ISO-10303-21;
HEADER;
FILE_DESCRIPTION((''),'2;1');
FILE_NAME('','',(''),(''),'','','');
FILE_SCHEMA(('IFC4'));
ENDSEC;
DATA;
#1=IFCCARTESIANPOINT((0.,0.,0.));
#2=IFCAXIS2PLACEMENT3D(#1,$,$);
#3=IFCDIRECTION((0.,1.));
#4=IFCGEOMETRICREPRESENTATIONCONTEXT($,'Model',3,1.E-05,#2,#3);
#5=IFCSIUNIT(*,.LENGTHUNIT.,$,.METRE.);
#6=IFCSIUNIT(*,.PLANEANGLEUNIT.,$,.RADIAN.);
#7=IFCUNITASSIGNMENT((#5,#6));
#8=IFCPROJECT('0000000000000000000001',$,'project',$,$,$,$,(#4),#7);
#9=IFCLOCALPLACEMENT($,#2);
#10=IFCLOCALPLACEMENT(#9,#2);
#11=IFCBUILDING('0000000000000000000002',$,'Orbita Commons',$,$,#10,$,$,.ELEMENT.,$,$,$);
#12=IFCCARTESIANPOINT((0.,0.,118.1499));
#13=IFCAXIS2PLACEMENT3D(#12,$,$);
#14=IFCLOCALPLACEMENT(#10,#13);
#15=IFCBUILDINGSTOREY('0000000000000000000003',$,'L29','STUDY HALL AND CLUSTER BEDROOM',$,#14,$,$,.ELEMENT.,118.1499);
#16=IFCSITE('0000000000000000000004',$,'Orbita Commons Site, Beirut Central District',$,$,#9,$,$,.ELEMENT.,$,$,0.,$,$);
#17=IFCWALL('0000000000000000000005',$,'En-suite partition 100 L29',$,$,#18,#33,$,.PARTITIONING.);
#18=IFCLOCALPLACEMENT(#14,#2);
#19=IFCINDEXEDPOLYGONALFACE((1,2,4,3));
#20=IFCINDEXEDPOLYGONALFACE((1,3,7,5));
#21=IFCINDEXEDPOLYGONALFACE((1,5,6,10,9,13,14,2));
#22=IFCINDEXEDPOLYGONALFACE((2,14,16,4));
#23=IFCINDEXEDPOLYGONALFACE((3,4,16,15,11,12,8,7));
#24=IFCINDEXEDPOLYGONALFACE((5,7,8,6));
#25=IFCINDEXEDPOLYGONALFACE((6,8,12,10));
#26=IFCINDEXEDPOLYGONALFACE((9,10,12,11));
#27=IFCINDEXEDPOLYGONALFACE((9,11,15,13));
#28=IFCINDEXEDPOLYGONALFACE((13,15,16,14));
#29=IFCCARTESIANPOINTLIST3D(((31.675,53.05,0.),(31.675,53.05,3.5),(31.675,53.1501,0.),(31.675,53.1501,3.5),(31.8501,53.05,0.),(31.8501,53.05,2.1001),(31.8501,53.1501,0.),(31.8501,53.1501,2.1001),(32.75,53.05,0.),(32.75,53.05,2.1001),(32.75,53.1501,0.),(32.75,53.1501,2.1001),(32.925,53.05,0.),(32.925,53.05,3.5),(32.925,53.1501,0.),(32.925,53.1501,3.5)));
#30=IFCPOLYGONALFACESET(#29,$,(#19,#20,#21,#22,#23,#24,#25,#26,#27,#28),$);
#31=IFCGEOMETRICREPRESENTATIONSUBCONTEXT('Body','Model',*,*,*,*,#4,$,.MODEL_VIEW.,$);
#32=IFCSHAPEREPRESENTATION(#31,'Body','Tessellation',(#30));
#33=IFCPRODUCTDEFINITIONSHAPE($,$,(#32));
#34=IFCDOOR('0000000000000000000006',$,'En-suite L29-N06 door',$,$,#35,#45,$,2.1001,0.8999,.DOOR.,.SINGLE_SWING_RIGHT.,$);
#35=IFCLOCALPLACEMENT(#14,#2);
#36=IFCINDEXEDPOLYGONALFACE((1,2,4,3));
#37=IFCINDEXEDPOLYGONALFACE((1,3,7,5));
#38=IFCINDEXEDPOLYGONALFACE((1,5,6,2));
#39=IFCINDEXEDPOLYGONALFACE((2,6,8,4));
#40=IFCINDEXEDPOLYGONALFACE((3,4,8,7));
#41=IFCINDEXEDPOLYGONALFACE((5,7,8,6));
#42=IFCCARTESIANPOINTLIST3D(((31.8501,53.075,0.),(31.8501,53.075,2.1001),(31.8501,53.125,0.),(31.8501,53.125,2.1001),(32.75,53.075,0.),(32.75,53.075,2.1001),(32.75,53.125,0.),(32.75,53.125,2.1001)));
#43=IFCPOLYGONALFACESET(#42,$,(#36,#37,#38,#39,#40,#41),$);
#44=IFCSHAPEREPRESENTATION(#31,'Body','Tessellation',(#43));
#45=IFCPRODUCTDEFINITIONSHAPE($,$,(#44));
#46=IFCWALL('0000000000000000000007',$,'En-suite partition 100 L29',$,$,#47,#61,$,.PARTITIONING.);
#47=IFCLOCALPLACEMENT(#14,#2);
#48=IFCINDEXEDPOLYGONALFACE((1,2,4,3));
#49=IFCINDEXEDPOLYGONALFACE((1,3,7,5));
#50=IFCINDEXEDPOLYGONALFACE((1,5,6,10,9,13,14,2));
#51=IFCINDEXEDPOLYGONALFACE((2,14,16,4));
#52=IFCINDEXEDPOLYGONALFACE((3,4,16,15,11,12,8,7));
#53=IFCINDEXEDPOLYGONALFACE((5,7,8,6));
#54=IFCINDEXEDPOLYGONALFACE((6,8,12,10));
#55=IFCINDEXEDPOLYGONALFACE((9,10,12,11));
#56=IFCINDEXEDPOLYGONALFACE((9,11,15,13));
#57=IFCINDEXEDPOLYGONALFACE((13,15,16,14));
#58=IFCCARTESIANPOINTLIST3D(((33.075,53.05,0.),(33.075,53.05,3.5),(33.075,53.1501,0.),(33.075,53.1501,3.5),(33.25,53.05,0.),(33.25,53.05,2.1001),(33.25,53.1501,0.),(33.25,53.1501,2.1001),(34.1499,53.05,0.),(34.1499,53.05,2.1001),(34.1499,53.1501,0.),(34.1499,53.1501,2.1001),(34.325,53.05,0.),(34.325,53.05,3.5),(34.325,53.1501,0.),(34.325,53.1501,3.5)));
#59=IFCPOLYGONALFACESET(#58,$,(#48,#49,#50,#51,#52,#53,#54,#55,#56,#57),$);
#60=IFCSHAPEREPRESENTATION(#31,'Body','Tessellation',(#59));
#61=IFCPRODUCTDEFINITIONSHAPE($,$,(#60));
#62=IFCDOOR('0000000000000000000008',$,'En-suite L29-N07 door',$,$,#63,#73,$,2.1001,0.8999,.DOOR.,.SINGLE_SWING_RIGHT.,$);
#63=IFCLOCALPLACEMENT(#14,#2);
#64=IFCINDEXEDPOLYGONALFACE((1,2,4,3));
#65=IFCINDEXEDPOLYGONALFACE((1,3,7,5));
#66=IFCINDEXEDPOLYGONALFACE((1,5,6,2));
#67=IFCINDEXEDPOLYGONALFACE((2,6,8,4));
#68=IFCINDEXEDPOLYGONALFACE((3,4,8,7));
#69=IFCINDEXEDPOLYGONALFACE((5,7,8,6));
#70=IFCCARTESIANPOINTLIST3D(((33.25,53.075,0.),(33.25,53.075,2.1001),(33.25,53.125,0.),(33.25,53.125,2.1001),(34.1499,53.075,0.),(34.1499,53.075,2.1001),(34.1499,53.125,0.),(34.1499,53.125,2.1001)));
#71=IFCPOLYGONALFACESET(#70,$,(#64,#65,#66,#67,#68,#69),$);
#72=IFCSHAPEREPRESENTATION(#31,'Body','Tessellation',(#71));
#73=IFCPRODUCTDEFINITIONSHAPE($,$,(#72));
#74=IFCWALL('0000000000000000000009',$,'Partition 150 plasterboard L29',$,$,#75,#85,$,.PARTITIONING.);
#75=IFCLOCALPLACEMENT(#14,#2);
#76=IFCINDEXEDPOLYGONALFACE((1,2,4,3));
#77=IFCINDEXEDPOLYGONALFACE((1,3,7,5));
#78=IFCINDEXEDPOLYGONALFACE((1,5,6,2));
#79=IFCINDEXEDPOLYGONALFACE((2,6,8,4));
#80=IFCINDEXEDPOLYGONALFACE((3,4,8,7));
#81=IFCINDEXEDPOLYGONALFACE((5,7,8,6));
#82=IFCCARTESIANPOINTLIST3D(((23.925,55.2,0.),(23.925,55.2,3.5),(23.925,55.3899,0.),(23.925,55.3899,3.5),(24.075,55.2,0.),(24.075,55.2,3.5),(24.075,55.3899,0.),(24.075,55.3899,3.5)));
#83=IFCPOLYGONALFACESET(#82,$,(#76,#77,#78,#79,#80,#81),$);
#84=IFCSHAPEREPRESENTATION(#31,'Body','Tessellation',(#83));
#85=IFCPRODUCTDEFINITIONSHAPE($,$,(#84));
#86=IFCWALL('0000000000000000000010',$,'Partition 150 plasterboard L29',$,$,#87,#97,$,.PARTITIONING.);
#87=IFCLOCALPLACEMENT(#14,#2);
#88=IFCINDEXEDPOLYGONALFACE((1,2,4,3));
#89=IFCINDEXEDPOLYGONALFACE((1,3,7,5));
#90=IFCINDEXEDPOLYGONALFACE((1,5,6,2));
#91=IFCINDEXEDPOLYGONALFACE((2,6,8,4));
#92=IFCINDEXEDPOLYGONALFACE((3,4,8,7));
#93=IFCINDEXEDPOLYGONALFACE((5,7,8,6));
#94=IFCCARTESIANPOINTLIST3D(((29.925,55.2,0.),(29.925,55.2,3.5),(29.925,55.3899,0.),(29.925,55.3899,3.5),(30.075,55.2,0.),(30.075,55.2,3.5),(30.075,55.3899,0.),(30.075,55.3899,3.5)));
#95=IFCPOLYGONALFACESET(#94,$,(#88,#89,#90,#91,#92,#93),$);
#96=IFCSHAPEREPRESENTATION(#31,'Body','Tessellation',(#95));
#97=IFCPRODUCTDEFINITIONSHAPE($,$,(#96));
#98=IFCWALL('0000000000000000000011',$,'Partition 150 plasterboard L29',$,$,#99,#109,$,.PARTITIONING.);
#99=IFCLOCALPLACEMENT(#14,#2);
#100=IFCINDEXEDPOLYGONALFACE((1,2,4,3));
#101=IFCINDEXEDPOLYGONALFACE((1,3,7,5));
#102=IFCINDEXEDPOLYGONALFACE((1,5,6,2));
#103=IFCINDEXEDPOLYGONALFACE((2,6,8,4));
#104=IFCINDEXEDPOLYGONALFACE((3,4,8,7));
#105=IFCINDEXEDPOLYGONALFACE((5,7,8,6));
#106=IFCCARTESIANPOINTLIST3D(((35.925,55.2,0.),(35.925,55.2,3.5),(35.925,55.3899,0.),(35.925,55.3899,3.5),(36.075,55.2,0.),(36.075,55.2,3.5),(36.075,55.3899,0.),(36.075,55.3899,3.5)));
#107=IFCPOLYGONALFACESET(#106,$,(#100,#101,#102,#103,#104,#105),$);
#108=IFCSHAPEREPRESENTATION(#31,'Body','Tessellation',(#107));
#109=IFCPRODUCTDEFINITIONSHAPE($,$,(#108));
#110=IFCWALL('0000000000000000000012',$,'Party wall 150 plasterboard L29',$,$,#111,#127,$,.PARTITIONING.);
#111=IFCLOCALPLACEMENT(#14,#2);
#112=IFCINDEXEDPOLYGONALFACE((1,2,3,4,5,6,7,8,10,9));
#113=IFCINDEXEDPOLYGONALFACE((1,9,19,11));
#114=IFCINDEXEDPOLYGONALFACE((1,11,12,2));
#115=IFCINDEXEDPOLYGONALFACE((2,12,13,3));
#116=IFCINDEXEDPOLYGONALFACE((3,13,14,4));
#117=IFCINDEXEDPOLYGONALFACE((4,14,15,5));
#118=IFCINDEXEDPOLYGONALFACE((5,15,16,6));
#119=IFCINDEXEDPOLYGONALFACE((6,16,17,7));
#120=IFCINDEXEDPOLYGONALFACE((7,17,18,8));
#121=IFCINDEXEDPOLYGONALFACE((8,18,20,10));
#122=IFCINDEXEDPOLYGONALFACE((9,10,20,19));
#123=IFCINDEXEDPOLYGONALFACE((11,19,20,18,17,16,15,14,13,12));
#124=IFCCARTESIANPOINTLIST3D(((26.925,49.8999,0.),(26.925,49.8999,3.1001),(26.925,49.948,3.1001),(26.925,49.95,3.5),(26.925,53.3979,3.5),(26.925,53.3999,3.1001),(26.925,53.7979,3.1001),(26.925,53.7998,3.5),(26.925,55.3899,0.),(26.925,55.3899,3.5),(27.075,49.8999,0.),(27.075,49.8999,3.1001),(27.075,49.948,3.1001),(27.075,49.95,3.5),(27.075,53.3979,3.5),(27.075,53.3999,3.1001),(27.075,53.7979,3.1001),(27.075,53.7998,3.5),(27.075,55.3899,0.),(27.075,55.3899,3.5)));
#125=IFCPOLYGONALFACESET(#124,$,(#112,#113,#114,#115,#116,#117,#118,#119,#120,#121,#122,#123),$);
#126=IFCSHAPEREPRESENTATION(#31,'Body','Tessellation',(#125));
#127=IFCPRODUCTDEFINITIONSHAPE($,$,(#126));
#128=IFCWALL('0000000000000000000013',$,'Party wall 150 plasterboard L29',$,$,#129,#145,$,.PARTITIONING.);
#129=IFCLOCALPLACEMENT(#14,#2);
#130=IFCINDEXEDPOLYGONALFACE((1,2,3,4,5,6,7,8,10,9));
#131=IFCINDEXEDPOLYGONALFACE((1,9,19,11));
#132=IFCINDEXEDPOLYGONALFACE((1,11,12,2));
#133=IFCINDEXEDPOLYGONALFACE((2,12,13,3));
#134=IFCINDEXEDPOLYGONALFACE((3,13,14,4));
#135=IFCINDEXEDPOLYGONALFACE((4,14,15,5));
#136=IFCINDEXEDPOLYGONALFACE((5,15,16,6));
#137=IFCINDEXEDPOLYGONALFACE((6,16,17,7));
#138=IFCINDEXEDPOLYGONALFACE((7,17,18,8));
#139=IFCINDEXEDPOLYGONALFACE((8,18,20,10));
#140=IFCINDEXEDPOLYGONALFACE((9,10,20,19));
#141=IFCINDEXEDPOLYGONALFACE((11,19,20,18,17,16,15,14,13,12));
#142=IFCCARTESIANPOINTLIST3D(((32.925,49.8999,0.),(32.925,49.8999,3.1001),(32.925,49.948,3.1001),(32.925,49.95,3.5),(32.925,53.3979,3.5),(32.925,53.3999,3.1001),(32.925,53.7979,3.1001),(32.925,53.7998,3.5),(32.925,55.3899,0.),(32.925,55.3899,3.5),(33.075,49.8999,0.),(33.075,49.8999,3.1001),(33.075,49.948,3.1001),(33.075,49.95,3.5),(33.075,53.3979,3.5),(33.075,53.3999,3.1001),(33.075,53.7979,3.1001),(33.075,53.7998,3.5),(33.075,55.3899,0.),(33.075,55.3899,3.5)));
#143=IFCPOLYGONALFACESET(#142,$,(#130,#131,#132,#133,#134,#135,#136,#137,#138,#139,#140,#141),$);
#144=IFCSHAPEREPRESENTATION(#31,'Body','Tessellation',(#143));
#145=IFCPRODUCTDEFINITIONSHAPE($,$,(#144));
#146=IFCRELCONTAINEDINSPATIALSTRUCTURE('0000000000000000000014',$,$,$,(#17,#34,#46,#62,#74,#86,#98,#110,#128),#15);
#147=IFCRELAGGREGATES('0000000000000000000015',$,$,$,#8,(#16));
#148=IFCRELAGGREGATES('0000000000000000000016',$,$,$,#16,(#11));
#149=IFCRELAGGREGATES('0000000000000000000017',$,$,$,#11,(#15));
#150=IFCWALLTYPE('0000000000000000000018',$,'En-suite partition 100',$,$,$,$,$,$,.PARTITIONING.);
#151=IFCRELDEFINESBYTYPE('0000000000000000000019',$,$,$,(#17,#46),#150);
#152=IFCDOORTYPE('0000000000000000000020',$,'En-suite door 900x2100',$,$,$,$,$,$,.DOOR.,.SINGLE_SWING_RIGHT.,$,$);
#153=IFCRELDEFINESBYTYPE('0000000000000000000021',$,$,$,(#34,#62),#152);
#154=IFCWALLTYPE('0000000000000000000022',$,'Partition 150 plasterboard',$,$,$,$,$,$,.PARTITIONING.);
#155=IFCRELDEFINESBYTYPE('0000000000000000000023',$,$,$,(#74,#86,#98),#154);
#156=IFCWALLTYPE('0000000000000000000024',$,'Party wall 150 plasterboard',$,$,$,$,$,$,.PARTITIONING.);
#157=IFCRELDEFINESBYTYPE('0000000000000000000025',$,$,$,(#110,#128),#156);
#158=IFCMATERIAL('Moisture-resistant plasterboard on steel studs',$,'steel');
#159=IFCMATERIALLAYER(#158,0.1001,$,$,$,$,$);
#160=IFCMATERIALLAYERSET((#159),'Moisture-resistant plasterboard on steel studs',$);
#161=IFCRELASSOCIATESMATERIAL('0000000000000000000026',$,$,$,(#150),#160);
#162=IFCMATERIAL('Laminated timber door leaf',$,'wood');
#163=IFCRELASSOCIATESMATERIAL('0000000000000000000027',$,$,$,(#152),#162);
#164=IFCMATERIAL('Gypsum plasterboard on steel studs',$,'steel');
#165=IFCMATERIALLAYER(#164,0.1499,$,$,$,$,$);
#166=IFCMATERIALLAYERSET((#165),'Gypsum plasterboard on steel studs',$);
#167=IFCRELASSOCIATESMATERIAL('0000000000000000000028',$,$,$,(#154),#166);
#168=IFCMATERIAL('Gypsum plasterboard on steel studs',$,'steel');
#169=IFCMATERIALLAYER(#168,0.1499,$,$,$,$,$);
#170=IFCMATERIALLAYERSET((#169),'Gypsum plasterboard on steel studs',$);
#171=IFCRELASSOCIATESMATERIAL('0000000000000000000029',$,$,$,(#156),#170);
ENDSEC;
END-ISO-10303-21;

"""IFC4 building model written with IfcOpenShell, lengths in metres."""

from ifc_helpers import new_model, si_unit, direction, frame, frame_2d, origin, place, context, subcontext, project, spatial, polyline, rectangle, outline, extrude, material, layer, layer_set, type_object, element, fill, save


model = new_model("IFC4")

# Units and contexts
model_context = context("Model", 3, precision=1e-05, world=origin(), true_north=direction((0.0, 1.0)))
body_context = subcontext(model_context, "Body", "Model", "MODEL_VIEW")
ifc_project = project(units=[si_unit("LENGTHUNIT", "METRE"), si_unit("PLANEANGLEUNIT", "RADIAN")], contexts=[model_context])

# Site, building, storey
site_placement = place(None, origin())
site = spatial("IfcSite", under=ifc_project, at=site_placement, Name="Orbita Commons Site, Beirut Central District", CompositionType="ELEMENT", RefElevation=0.0)
building_placement = place(site_placement, origin())
building = spatial("IfcBuilding", under=site, at=building_placement, Name="Orbita Commons", CompositionType="ELEMENT")
storey_placement = place(building_placement, frame((0.0, 0.0, 118.1499)))
storey = spatial("IfcBuildingStorey", under=building, at=storey_placement, Name="L29", Description="STUDY HALL AND CLUSTER BEDROOM", CompositionType="ELEMENT", Elevation=118.1499)

# Walls, openings, doors
ifc_material_1 = material(Name="Moisture-resistant plasterboard on steel studs", Category="steel")
ifc_layer_1 = layer(ifc_material_1, 0.1001)
ifc_layer_set_1 = layer_set([ifc_layer_1], Name="Moisture-resistant plasterboard on steel studs")
wall_type_1 = type_object("IfcWallType", Name="En-suite partition 100", PredefinedType="PARTITIONING", material=ifc_layer_set_1)
wall_1_placement = place(storey_placement, frame((31.675, 53.1001, 0.0), z_axis=(0.0, 0.0, 1.0), x_axis=(1.0, 0.0, 0.0)))
wall_1 = element("IfcWall", 1, at=wall_1_placement, inside=storey, type_object=wall_type_1, Name="En-suite partition 100 L29", PredefinedType="PARTITIONING", context=body_context, shape_type="SweptSolid", body=[
    extrude(rectangle(XDim=1.25, YDim=0.1001, at=frame_2d((0.625, 0.0))), origin(), (0.0, 0.0, 1.0), 3.5),
])
opening_1_placement = place(wall_1_placement, frame((0.175, 0.0, 0.0)))
opening_1 = element("IfcOpeningElement", 2, at=opening_1_placement, cuts=wall_1, PredefinedType="OPENING", context=body_context, shape_type="SweptSolid", body=[
    extrude(rectangle(XDim=0.8999, YDim=2.1001, at=frame_2d((0.45, 1.05))), frame((0.0, 0.0601, 0.0), z_axis=(0.0, -1.0, 0.0), x_axis=(1.0, 0.0, 0.0)), (0.0, 0.0, 1.0), 0.1201),
])
ifc_material_2 = material(Name="Laminated timber door leaf", Category="wood")
door_type = type_object("IfcDoorType", Name="En-suite door 900x2100", OperationType="SINGLE_SWING_RIGHT", PredefinedType="DOOR", material=ifc_material_2)
door_1_placement = place(opening_1_placement, origin())
door_1 = element("IfcDoor", 3, at=door_1_placement, inside=storey, type_object=door_type, Name="En-suite L29-N06 door", OperationType="SINGLE_SWING_RIGHT", OverallHeight=2.1001, OverallWidth=0.8999, PredefinedType="DOOR", context=body_context, shape_type="SweptSolid", body=[
    extrude(rectangle(XDim=0.8999, YDim=2.1001, at=frame_2d((0.45, 1.05))), frame((0.0, 0.0249, 0.0), z_axis=(0.0, -1.0, 0.0), x_axis=(1.0, 0.0, 0.0)), (0.0, 0.0, 1.0), 0.05),
])
fill(opening_1, door_1)
wall_2_placement = place(storey_placement, frame((33.075, 53.1001, 0.0), z_axis=(0.0, 0.0, 1.0), x_axis=(1.0, 0.0, 0.0)))
wall_2 = element("IfcWall", 4, at=wall_2_placement, inside=storey, type_object=wall_type_1, Name="En-suite partition 100 L29", PredefinedType="PARTITIONING", context=body_context, shape_type="SweptSolid", body=[
    extrude(rectangle(XDim=1.25, YDim=0.1001, at=frame_2d((0.625, 0.0))), origin(), (0.0, 0.0, 1.0), 3.5),
])
opening_2_placement = place(wall_2_placement, frame((0.175, 0.0, 0.0)))
opening_2 = element("IfcOpeningElement", 5, at=opening_2_placement, cuts=wall_2, PredefinedType="OPENING", context=body_context, shape_type="SweptSolid", body=[
    extrude(rectangle(XDim=0.8999, YDim=2.1001, at=frame_2d((0.45, 1.05))), frame((0.0, 0.0601, 0.0), z_axis=(0.0, -1.0, 0.0), x_axis=(1.0, 0.0, 0.0)), (0.0, 0.0, 1.0), 0.1201),
])
door_2_placement = place(opening_2_placement, origin())
door_2 = element("IfcDoor", 6, at=door_2_placement, inside=storey, type_object=door_type, Name="En-suite L29-N07 door", OperationType="SINGLE_SWING_RIGHT", OverallHeight=2.1001, OverallWidth=0.8999, PredefinedType="DOOR", context=body_context, shape_type="SweptSolid", body=[
    extrude(rectangle(XDim=0.8999, YDim=2.1001, at=frame_2d((0.45, 1.05))), frame((0.0, 0.0249, 0.0), z_axis=(0.0, -1.0, 0.0), x_axis=(1.0, 0.0, 0.0)), (0.0, 0.0, 1.0), 0.05),
])
fill(opening_2, door_2)

# Walls
ifc_material_3 = material(Name="Gypsum plasterboard on steel studs", Category="steel")
ifc_layer_2 = layer(ifc_material_3, 0.1499)
ifc_layer_set_2 = layer_set([ifc_layer_2], Name="Gypsum plasterboard on steel studs")
wall_type_2 = type_object("IfcWallType", Name="Partition 150 plasterboard", PredefinedType="PARTITIONING", material=ifc_layer_set_2)
for number, where, z_axis, x_axis, name in (
    (7, (24.0, 55.2, 0.0), (0.0, 0.0, 1.0), (0.0, 1.0, 0.0), "Partition 150 plasterboard L29"),
    (8, (30.0, 55.2, 0.0), (0.0, 0.0, 1.0), (0.0, 1.0, 0.0), "Partition 150 plasterboard L29"),
    (9, (36.0, 55.2, 0.0), (0.0, 0.0, 1.0), (0.0, 1.0, 0.0), "Partition 150 plasterboard L29"),
):
    element("IfcWall", number, at=place(storey_placement, frame(where, z_axis=z_axis, x_axis=x_axis)), inside=storey, type_object=wall_type_2, Name=name, PredefinedType="PARTITIONING", context=body_context, shape_type="SweptSolid", body=[
        extrude(rectangle(XDim=0.1899, YDim=0.1499, at=frame_2d((0.095, 0.0))), origin(), (0.0, 0.0, 1.0), 3.5),
    ])
ifc_material_4 = material(Name="Gypsum plasterboard on steel studs", Category="steel")
ifc_layer_3 = layer(ifc_material_4, 0.1499)
ifc_layer_set_3 = layer_set([ifc_layer_3], Name="Gypsum plasterboard on steel studs")
wall_type_3 = type_object("IfcWallType", Name="Party wall 150 plasterboard", PredefinedType="PARTITIONING", material=ifc_layer_set_3)
for number, where, z_axis, x_axis, name in (
    (10, (27.0, 55.3899, 0.0), (0.0, 0.0, 1.0), (0.0, -1.0, 0.0), "Party wall 150 plasterboard L29"),
    (11, (33.0, 55.3899, 0.0), (0.0, 0.0, 1.0), (0.0, -1.0, 0.0), "Party wall 150 plasterboard L29"),
):
    element("IfcWall", number, at=place(storey_placement, frame(where, z_axis=z_axis, x_axis=x_axis)), inside=storey, type_object=wall_type_3, Name=name, PredefinedType="PARTITIONING", context=body_context, shape_type="SweptSolid", body=[
        extrude(outline(polyline([(0.0, 0.0), (5.49, 0.0), (5.49, 3.1001), (5.4419, 3.1001), (5.4399, 3.5), (1.9919, 3.5), (1.99, 3.1001), (1.592, 3.1001), (1.5901, 3.5), (0.0, 3.5), (0.0, 0.0)])), frame((0.0, 0.075, 0.0), z_axis=(0.0, -1.0, 0.0), x_axis=(1.0, 0.0, 0.0)), (0.0, 0.0, 1.0), 0.1499),
    ])

save(model, "model.ifc")
